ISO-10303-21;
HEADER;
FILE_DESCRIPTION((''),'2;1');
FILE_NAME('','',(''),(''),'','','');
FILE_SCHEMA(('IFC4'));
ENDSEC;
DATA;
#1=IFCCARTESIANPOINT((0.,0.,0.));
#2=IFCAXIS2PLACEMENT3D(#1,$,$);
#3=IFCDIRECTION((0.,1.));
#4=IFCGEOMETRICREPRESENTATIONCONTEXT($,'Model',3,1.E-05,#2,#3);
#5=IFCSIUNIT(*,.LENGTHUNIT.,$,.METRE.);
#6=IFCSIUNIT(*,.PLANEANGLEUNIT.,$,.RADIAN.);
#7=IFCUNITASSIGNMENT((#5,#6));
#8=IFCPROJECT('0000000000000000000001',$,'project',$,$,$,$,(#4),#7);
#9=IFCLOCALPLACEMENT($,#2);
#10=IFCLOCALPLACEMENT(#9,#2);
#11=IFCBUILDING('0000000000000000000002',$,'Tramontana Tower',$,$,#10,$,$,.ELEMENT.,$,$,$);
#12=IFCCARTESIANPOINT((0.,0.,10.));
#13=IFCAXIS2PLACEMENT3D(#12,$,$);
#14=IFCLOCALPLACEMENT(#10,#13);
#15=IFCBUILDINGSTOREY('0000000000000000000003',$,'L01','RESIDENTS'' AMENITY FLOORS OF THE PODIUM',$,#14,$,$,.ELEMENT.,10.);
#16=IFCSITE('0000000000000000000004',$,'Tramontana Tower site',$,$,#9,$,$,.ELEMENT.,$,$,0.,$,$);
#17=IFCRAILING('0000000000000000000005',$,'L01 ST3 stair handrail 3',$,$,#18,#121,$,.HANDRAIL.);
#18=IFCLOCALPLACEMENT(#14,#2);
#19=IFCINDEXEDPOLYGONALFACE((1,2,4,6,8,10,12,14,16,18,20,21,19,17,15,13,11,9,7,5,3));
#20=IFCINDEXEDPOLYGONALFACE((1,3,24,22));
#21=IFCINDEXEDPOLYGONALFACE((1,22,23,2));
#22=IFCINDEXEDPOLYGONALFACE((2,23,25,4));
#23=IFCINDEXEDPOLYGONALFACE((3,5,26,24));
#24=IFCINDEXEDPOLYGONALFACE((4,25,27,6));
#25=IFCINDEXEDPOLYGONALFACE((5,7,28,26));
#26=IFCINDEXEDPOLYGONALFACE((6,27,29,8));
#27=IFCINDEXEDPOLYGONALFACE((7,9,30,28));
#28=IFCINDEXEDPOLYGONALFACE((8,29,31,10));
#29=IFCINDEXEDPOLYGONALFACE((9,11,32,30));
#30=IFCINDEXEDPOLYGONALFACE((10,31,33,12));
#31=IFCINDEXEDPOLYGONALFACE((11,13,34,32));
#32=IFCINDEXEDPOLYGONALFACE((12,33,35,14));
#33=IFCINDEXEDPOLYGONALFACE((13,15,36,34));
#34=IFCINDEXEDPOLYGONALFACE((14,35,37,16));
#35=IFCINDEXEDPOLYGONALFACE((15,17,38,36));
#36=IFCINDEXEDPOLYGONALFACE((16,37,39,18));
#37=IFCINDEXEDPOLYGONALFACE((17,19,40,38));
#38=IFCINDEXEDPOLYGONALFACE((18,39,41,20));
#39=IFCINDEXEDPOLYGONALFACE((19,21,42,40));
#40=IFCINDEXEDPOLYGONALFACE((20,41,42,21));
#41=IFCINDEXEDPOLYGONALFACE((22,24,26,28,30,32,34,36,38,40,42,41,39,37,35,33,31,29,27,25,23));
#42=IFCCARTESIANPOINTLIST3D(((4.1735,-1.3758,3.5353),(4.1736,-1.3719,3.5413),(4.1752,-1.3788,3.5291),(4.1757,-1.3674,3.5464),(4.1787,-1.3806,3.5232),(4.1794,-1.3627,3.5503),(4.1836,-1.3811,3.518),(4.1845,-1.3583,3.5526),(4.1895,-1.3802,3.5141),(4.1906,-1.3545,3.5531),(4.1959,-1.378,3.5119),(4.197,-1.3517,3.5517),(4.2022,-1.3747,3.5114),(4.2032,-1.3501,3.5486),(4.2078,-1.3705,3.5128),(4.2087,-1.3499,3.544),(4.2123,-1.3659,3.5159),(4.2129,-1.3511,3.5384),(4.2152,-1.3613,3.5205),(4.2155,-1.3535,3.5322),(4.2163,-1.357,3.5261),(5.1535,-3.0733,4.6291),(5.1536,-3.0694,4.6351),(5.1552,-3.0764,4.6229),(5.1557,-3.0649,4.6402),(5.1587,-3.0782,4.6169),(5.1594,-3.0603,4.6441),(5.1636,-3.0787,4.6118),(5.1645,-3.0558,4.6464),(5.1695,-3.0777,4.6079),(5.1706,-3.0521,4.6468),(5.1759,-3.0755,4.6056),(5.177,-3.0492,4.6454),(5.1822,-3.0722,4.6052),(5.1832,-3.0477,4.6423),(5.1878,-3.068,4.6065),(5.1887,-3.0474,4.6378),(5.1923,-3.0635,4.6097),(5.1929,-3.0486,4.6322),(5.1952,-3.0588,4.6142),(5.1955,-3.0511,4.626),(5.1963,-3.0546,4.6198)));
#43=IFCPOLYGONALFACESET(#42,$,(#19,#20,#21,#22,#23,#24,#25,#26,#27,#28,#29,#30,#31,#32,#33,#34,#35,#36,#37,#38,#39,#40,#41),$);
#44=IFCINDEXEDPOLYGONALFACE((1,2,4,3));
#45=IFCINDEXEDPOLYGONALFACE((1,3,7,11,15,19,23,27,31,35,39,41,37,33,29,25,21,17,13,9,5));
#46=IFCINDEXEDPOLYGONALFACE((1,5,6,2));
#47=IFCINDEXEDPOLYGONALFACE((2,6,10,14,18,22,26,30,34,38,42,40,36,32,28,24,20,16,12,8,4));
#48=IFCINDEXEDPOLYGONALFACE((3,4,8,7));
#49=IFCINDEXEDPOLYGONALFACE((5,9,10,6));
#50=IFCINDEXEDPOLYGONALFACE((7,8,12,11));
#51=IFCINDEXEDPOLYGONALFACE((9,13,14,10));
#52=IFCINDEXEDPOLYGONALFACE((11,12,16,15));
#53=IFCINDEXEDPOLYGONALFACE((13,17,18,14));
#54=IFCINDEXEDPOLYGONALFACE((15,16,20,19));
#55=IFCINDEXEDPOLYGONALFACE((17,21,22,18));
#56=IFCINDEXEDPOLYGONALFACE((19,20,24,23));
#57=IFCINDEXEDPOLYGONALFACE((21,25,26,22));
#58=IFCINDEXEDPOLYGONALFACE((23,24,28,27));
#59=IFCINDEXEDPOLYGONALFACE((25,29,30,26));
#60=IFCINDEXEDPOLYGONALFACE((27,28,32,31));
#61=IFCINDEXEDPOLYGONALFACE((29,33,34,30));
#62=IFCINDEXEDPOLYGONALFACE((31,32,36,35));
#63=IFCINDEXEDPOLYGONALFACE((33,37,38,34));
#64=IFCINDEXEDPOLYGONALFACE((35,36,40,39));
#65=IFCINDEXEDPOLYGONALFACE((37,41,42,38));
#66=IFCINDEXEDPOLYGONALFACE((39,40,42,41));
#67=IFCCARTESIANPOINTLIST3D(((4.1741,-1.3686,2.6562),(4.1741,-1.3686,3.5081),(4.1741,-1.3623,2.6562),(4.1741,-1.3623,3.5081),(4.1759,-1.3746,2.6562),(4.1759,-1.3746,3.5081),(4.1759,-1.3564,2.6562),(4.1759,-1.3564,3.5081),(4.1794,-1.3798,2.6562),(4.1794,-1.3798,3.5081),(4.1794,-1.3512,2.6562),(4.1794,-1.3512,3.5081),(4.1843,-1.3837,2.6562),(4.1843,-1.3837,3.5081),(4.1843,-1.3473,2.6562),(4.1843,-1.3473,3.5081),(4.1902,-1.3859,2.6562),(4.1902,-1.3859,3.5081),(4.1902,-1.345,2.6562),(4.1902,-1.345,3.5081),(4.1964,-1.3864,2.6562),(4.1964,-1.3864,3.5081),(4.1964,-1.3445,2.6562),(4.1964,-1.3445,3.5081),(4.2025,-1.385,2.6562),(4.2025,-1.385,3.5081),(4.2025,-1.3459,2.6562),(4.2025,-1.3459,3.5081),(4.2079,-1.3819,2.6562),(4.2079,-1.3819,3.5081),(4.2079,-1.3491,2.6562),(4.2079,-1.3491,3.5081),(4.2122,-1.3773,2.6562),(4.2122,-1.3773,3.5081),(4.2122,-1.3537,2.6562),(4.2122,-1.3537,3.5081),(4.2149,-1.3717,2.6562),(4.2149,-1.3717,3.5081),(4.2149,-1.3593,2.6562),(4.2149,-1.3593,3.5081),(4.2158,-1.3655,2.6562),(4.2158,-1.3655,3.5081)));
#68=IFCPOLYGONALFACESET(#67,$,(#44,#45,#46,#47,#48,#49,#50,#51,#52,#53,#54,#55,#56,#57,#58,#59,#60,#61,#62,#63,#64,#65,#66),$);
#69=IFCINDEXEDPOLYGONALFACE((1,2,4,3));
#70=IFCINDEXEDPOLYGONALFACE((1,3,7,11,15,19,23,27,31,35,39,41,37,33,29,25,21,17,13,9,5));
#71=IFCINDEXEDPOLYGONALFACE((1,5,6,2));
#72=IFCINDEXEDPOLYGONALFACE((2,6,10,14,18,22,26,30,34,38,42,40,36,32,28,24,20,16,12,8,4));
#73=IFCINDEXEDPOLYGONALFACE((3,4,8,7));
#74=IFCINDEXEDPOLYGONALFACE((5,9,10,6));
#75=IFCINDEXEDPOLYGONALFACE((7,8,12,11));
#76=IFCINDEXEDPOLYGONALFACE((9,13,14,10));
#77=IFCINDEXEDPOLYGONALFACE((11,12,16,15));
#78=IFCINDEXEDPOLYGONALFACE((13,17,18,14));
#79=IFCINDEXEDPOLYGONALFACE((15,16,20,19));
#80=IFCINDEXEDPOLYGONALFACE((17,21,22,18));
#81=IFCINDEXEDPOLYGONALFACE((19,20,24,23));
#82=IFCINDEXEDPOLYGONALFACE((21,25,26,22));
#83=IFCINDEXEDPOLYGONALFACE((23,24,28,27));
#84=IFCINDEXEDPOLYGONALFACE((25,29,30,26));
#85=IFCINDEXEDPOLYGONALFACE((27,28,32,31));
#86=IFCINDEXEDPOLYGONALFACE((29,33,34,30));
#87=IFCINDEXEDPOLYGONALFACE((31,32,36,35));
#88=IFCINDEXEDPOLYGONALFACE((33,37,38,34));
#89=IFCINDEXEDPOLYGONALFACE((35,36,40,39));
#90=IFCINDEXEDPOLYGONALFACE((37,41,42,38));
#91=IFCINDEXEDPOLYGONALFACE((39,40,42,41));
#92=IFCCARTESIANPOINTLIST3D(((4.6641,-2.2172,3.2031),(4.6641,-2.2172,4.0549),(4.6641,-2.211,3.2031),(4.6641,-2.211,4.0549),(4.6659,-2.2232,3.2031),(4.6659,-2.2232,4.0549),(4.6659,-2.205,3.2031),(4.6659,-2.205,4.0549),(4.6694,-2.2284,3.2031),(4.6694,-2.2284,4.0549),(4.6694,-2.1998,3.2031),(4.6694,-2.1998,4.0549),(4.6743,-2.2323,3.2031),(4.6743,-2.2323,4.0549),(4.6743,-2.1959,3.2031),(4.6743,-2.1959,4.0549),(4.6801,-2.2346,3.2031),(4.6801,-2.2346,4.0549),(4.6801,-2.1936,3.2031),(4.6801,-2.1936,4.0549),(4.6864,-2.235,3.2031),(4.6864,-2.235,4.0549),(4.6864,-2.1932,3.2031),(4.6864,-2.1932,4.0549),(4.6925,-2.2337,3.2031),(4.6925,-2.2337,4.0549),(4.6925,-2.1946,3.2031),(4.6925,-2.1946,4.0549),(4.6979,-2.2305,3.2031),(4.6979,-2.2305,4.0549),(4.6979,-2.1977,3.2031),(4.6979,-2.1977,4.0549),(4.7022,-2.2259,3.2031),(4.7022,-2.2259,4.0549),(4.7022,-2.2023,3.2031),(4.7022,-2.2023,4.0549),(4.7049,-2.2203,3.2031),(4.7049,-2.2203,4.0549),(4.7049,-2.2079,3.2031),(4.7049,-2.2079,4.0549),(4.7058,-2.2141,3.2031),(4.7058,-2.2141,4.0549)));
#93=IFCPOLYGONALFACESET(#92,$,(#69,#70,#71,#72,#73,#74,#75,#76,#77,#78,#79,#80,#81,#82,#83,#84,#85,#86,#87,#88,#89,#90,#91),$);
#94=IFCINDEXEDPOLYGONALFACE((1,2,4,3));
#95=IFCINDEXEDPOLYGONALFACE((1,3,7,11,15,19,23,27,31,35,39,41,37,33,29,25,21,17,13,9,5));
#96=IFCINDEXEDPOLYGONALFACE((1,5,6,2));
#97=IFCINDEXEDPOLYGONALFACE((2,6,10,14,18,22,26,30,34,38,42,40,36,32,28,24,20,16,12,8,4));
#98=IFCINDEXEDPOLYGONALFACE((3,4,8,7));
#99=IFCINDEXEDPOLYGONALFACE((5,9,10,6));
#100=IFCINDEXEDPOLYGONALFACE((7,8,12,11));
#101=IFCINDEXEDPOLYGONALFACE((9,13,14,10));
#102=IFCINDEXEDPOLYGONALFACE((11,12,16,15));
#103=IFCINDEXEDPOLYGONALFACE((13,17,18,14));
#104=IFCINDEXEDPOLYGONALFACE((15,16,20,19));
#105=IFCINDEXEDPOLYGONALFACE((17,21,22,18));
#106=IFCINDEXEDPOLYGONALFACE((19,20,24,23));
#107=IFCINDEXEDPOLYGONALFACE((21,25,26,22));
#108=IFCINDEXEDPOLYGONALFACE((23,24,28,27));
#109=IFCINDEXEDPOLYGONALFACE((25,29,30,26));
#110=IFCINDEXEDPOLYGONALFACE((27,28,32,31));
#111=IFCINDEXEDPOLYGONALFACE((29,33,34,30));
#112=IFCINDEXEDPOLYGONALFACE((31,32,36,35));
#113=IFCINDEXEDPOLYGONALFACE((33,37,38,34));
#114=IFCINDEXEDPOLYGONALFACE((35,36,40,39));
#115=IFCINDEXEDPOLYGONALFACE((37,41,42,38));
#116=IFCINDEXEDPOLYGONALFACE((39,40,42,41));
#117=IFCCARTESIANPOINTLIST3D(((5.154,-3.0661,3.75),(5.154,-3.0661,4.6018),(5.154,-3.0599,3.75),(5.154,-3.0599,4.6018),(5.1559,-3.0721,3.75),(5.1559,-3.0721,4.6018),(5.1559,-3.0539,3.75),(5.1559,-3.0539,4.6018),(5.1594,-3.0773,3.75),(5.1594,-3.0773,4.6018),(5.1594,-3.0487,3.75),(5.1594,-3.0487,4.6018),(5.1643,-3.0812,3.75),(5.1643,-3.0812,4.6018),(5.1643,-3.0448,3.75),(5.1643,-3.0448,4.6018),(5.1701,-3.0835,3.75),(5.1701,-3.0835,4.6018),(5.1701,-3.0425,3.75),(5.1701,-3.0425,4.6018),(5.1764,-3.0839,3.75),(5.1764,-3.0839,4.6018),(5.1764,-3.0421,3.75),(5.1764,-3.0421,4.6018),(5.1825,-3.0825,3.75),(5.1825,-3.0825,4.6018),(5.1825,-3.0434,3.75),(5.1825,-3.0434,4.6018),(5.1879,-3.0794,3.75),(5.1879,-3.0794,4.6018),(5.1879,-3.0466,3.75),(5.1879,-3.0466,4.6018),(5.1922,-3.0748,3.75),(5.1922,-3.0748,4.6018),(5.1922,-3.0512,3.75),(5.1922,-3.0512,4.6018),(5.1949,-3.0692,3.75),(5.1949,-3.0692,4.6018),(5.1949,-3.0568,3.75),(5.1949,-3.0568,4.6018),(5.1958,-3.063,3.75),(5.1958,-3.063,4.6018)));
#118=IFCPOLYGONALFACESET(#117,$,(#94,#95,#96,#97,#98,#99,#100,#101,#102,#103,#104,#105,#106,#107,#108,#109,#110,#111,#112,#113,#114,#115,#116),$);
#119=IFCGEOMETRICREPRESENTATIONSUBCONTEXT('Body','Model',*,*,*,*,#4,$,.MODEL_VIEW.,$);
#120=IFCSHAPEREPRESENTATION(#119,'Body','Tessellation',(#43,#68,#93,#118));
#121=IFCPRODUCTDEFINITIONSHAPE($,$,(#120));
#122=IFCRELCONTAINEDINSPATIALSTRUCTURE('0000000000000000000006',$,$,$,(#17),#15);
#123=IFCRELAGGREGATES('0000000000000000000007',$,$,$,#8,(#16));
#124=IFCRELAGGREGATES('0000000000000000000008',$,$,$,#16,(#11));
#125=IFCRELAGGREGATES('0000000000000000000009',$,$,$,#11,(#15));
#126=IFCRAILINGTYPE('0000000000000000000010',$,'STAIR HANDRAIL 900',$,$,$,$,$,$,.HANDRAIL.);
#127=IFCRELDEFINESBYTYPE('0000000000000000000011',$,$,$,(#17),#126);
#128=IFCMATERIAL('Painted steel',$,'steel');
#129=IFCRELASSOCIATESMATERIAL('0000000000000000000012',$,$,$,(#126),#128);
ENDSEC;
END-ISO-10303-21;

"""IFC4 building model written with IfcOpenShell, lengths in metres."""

from ifc_helpers import new_model, si_unit, direction, frame, origin, origin_2d, place, context, subcontext, project, spatial, circle, extrude, material, type_object, element, save


model = new_model("IFC4")

# Units and contexts
model_context = context("Model", 3, precision=1e-05, world=origin(), true_north=direction((0.0, 1.0)))
body_context = subcontext(model_context, "Body", "Model", "MODEL_VIEW")
ifc_project = project(units=[si_unit("LENGTHUNIT", "METRE"), si_unit("PLANEANGLEUNIT", "RADIAN")], contexts=[model_context])

# Site, building, storey
site_placement = place(None, origin())
site = spatial("IfcSite", under=ifc_project, at=site_placement, Name="Tramontana Tower site", CompositionType="ELEMENT", RefElevation=0.0)
building_placement = place(site_placement, origin())
building = spatial("IfcBuilding", under=site, at=building_placement, Name="Tramontana Tower", CompositionType="ELEMENT")
storey_placement = place(building_placement, frame((0.0, 0.0, 10.0)))
storey = spatial("IfcBuildingStorey", under=building, at=storey_placement, Name="L01", Description="RESIDENTS' AMENITY FLOORS OF THE PODIUM", CompositionType="ELEMENT", Elevation=10.0)

# Railing
ifc_material_1 = material(Name="Painted steel", Category="steel")
railing_type = type_object("IfcRailingType", Name="STAIR HANDRAIL 900", PredefinedType="HANDRAIL", material=ifc_material_1)
for number, where, name in (
    (1, (4.1948, -1.3655, 2.6562), "L01 ST3 stair handrail 3"),
):
    element("IfcRailing", number, at=place(storey_placement, frame(where)), inside=storey, type_object=railing_type, Name=name, PredefinedType="HANDRAIL", context=body_context, shape_type="SweptSolid", body=[
        extrude(circle(Radius=0.0239, at=origin_2d()), frame((0.0, 0.0, 0.876), z_axis=(0.436596, -0.756267, 0.487282), x_axis=(0.866042, 0.49997, 0.0)), (0.0, 0.0, 1.0), 2.2446),
        extrude(circle(Radius=0.021, at=origin_2d()), origin(), (0.0, 0.0, 1.0), 0.8518),
        extrude(circle(Radius=0.021, at=origin_2d()), frame((0.49, -0.8486, 0.5469)), (0.0, 0.0, 1.0), 0.8518),
        extrude(circle(Radius=0.021, at=origin_2d()), frame((0.98, -1.6975, 1.0938)), (0.0, 0.0, 1.0), 0.8518),
    ])

save(model, "model.ifc")
